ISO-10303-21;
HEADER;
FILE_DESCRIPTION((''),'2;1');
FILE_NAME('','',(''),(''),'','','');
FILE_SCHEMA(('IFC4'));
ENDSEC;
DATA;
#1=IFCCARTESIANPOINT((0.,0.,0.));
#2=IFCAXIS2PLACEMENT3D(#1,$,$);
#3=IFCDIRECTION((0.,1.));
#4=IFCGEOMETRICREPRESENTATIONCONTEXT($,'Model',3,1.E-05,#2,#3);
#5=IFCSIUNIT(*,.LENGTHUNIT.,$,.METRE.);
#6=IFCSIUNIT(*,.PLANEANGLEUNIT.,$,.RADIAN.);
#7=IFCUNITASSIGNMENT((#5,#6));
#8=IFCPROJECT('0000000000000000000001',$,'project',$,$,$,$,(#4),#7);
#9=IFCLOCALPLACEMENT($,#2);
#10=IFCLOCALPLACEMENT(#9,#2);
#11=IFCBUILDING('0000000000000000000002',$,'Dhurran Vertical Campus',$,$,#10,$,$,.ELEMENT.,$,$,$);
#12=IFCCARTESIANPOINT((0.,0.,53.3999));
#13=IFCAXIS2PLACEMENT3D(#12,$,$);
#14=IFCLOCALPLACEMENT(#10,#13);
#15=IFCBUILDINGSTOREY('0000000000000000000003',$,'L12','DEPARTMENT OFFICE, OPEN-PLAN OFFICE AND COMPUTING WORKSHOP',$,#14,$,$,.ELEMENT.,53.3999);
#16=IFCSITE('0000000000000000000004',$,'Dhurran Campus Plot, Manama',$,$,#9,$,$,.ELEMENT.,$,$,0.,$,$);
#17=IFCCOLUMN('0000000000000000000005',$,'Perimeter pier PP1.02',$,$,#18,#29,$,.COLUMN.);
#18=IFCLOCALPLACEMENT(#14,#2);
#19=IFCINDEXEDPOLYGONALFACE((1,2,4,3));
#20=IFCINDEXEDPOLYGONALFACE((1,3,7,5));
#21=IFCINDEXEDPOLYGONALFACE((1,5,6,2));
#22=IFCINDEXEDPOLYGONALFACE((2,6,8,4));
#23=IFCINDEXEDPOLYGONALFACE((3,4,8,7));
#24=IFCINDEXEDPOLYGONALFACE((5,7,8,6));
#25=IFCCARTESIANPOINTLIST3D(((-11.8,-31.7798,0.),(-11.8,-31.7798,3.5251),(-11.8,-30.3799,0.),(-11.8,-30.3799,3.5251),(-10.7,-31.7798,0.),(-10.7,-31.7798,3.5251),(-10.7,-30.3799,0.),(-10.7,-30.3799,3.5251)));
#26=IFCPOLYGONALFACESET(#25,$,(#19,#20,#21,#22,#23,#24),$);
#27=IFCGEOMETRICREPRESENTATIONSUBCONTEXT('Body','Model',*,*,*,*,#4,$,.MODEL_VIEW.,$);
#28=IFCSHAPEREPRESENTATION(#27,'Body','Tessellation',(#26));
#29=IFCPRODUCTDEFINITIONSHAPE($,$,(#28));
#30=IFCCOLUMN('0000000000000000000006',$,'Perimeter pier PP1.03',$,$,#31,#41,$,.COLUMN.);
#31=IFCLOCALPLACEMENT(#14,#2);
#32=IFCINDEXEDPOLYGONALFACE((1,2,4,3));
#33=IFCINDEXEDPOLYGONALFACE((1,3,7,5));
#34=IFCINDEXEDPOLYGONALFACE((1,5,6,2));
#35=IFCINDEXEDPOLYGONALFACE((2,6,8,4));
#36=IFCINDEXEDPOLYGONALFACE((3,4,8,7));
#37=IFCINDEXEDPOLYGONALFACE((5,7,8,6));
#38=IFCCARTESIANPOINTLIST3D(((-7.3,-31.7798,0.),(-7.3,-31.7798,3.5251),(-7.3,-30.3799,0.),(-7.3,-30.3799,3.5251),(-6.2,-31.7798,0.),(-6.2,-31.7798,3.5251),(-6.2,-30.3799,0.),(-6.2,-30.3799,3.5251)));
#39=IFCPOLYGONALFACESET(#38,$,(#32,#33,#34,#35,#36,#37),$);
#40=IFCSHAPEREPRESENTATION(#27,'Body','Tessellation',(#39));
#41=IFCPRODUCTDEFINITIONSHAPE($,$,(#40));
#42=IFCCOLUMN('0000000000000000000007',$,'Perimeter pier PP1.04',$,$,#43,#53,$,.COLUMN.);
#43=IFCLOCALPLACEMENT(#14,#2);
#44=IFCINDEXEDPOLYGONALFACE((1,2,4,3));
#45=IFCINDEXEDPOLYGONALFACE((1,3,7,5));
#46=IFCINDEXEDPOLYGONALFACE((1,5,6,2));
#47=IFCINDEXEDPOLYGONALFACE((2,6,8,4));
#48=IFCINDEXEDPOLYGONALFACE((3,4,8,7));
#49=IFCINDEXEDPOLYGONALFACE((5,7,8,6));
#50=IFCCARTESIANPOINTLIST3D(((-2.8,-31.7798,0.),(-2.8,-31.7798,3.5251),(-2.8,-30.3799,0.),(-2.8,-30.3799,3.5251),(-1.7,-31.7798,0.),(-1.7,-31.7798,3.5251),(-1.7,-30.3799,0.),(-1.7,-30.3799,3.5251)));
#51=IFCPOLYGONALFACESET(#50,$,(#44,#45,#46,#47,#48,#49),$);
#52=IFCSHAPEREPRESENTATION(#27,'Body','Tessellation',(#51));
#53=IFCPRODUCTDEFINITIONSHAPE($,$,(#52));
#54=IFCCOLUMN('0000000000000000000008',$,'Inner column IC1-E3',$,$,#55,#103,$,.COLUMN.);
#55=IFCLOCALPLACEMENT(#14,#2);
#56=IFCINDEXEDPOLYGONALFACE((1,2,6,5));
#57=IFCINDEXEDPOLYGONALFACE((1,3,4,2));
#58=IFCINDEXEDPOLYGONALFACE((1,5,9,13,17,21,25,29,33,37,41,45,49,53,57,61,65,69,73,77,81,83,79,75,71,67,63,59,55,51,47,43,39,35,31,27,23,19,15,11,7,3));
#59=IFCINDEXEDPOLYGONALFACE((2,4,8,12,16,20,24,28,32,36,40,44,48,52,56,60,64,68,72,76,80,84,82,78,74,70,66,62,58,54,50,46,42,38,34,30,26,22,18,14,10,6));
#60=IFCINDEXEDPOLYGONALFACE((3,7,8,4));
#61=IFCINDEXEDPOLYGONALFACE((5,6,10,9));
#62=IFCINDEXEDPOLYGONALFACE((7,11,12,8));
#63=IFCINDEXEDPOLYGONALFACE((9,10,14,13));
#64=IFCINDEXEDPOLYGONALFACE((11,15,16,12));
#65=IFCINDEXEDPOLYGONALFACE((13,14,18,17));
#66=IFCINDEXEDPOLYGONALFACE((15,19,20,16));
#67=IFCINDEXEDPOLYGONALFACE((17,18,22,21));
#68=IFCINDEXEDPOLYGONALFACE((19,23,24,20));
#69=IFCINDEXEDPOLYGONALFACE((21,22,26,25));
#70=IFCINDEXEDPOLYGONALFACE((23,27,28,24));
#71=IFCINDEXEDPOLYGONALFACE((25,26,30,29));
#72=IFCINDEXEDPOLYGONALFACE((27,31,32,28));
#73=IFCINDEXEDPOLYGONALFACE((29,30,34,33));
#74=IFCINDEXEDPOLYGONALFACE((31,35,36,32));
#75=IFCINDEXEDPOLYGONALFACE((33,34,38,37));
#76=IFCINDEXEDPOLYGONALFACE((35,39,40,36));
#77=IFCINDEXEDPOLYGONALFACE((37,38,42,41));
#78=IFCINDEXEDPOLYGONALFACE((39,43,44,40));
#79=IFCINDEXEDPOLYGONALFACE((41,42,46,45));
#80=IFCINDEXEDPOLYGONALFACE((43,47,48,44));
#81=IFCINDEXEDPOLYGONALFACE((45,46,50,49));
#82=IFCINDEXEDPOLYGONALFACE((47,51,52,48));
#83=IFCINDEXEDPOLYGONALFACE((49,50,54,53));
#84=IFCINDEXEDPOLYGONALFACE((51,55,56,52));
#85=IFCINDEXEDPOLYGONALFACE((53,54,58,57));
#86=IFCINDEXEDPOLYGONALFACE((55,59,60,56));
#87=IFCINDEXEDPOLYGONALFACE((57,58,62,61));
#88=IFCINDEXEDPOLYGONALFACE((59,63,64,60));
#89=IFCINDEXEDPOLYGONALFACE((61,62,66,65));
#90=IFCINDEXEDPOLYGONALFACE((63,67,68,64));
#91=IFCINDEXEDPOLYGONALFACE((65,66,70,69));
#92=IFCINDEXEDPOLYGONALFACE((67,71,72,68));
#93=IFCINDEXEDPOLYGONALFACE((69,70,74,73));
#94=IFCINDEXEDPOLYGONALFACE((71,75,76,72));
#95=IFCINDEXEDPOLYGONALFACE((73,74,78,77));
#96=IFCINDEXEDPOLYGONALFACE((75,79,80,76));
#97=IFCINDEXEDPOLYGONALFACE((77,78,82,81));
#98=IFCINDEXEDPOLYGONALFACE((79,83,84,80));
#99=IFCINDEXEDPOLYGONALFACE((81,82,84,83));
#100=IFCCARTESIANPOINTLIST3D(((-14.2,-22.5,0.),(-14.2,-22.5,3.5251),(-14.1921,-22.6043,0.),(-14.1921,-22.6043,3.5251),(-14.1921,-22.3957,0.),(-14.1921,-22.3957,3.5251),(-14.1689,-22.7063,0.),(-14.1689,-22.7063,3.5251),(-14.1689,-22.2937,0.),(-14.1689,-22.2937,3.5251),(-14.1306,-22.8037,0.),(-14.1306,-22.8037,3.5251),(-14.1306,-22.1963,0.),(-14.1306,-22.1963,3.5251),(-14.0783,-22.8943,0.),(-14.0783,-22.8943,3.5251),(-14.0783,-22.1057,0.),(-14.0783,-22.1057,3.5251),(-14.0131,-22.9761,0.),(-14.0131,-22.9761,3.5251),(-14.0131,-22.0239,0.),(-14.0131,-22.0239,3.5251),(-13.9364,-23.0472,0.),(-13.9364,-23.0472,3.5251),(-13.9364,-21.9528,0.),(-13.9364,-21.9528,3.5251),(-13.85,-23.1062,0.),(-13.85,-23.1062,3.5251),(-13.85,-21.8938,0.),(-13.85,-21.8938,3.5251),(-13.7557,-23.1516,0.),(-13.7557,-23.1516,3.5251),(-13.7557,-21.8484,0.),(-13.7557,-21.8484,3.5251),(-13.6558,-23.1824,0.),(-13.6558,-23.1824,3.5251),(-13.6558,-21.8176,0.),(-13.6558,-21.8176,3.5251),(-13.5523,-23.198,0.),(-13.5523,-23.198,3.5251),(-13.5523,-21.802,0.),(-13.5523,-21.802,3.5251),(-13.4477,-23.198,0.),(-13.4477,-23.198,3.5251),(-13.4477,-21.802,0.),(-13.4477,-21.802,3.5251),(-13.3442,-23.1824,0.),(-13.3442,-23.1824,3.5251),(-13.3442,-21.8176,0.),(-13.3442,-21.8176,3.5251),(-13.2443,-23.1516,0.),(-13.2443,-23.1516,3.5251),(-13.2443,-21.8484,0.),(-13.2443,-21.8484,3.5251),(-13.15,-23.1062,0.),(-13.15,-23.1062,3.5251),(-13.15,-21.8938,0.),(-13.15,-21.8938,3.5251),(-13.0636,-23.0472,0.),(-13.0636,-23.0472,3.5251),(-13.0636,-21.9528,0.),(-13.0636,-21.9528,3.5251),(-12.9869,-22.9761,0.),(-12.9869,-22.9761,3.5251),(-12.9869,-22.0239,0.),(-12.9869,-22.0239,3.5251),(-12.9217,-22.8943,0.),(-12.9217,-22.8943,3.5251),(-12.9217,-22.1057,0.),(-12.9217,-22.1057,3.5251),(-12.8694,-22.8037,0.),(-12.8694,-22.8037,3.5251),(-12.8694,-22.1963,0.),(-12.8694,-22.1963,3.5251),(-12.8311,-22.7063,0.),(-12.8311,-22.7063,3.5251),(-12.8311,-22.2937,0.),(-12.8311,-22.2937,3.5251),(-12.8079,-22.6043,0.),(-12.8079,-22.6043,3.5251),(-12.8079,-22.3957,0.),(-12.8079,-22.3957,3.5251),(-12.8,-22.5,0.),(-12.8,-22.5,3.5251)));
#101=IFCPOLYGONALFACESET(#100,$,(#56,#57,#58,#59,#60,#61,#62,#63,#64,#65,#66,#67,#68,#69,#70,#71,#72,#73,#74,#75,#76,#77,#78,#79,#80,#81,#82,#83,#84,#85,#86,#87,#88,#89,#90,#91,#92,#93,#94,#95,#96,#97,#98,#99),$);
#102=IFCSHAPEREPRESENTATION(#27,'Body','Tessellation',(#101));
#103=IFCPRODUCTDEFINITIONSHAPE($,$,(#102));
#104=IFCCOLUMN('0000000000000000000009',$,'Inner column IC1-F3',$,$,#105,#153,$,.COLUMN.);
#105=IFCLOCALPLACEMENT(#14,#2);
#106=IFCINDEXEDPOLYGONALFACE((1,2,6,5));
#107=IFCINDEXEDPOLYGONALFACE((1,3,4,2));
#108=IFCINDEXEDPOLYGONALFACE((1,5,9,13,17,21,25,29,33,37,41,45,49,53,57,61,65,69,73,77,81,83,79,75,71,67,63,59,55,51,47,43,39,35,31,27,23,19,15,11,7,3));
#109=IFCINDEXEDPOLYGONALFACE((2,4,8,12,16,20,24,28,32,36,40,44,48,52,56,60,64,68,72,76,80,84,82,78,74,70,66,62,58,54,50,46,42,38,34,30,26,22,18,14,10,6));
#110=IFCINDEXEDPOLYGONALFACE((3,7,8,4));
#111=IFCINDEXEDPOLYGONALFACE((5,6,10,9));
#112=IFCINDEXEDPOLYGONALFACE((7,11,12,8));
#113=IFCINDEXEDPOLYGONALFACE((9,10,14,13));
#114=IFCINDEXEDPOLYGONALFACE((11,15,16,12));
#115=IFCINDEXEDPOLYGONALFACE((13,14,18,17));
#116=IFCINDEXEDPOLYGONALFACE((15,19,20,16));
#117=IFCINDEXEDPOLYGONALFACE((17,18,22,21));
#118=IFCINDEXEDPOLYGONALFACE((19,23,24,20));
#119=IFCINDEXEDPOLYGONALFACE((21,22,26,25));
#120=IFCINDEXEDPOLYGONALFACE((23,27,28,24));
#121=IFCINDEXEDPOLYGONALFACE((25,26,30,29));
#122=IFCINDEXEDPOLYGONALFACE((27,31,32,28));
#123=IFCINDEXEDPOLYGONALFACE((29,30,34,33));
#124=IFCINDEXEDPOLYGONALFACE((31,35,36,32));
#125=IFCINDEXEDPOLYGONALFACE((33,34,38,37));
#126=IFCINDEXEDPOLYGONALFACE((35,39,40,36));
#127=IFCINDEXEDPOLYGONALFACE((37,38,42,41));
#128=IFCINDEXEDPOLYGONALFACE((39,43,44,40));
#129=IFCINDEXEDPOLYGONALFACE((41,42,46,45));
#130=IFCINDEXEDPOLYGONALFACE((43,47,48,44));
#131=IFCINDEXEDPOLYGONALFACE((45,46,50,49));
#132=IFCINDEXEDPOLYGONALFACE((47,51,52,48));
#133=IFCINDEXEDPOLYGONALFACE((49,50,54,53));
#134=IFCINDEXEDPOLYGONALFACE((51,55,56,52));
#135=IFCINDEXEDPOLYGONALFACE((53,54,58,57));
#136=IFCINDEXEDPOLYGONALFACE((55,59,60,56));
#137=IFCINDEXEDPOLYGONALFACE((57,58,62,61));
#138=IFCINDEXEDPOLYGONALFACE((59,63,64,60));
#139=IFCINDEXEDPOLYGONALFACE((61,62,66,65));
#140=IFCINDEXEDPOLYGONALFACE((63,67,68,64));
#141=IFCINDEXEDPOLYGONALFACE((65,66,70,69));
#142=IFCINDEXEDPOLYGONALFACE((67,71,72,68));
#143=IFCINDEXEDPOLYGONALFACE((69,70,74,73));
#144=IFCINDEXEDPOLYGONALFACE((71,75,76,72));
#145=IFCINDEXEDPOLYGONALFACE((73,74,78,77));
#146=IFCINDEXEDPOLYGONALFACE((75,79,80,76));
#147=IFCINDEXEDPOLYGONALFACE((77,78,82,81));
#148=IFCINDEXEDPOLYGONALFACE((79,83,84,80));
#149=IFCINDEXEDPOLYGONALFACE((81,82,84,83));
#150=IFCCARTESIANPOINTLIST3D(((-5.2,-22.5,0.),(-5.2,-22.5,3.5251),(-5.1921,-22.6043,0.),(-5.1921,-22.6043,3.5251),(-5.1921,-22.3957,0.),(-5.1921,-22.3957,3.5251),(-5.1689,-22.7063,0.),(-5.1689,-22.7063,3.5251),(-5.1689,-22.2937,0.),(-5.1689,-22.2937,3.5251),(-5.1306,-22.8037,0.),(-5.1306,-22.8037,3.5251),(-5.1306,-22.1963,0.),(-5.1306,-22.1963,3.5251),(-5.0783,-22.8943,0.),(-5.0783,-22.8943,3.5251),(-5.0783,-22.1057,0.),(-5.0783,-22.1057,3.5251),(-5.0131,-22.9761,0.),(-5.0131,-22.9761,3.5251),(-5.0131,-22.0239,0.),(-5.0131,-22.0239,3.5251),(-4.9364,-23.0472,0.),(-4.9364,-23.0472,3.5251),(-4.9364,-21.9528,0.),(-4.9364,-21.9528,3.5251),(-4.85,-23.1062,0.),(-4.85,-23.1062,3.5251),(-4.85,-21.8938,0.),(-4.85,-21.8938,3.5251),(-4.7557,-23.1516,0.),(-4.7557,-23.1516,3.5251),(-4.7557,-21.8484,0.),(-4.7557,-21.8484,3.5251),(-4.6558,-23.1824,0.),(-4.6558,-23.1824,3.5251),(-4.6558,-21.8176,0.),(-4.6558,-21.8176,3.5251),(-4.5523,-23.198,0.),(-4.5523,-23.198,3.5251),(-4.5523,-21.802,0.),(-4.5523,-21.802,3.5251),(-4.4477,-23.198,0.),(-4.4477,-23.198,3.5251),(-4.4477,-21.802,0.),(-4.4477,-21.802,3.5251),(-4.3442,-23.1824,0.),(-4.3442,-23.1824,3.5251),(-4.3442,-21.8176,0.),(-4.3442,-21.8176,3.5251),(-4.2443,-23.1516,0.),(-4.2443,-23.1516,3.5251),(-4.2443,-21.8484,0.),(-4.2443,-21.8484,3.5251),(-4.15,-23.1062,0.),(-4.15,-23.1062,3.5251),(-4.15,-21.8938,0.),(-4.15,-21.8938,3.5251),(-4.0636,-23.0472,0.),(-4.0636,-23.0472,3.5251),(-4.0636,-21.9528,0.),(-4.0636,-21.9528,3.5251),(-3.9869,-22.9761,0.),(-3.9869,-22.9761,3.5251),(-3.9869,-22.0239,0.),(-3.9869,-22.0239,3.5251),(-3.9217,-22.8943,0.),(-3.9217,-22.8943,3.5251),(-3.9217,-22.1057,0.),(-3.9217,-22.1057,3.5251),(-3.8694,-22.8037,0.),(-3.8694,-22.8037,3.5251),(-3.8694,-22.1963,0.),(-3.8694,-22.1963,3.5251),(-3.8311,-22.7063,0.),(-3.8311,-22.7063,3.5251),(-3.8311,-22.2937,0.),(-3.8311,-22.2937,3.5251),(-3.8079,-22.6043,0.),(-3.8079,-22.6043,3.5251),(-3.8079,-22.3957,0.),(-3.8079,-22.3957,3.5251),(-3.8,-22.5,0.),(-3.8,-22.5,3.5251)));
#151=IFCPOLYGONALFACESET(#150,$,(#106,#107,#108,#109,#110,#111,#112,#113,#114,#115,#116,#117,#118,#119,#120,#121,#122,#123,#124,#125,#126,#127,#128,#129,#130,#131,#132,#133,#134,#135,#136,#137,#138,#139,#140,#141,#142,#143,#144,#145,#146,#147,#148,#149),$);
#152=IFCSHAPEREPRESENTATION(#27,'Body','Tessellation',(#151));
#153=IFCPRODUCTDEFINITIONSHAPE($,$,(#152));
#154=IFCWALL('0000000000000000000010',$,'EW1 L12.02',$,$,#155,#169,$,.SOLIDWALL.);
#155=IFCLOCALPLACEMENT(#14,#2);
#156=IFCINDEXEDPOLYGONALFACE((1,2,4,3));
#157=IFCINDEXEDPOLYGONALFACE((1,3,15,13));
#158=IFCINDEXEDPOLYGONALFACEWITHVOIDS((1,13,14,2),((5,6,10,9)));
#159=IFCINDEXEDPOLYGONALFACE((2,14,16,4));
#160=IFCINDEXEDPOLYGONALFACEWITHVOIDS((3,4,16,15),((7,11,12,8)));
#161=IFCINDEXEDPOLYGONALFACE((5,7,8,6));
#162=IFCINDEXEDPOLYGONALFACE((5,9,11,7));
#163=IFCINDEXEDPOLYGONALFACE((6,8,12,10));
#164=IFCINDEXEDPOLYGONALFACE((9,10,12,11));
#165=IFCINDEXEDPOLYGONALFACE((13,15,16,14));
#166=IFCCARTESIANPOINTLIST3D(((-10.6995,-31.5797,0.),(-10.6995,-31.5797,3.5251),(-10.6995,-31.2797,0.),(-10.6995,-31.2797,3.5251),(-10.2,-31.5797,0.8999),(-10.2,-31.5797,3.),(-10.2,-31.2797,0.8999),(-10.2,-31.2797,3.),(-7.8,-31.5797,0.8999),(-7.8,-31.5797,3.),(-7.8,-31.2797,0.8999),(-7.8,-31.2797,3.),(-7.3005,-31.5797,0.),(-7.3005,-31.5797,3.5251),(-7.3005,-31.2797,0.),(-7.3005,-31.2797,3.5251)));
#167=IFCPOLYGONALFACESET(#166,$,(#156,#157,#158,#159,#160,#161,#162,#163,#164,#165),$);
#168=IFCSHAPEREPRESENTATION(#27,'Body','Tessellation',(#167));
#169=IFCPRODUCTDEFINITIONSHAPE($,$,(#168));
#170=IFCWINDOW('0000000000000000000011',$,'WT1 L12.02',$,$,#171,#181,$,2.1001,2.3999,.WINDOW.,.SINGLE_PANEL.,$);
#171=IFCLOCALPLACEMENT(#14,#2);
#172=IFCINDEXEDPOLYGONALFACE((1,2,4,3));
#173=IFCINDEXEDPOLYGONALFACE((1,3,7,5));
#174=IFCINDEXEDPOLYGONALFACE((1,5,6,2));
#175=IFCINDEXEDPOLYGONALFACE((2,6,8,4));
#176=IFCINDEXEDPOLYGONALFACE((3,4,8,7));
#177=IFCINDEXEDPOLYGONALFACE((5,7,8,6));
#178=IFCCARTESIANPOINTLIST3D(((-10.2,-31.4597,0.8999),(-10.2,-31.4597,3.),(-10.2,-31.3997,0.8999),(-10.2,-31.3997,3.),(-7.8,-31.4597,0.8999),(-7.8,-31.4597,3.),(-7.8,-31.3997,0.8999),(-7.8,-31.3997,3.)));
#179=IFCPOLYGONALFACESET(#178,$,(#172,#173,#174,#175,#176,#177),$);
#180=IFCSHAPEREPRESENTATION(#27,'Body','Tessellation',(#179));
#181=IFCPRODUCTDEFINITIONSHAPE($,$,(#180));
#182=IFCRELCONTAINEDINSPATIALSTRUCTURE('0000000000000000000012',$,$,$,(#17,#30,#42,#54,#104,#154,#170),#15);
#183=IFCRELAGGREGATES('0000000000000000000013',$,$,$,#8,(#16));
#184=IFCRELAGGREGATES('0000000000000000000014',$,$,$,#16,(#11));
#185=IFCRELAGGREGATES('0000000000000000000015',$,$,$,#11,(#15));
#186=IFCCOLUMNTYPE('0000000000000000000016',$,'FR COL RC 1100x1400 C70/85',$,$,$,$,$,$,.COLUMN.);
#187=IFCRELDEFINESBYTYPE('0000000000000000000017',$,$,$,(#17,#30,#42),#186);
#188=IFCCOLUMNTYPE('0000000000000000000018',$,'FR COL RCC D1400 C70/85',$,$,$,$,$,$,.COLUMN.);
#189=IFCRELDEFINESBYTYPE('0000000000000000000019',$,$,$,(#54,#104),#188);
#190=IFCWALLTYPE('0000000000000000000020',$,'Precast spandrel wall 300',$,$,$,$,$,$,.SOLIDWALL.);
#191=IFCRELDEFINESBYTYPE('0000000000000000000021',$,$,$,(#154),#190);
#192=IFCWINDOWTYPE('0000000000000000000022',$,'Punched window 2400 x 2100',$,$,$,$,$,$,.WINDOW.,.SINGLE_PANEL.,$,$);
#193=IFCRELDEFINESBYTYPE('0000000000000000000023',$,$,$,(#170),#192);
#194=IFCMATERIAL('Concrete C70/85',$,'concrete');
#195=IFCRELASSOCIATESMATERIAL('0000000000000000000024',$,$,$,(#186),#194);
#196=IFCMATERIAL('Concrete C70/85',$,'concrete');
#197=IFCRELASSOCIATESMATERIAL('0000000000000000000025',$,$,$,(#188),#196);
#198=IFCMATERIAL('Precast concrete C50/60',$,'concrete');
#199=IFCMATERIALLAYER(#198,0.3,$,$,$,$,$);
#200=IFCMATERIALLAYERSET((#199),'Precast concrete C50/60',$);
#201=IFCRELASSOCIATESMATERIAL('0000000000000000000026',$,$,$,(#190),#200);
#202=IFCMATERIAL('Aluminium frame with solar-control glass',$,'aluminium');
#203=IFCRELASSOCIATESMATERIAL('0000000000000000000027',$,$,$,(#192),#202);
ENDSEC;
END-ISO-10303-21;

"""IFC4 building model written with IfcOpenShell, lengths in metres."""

from ifc_helpers import new_model, si_unit, direction, frame, frame_2d, origin, origin_2d, place, context, subcontext, project, spatial, rectangle, circle, extrude, material, layer, layer_set, material_profile, profile_set, type_object, element, fill, save


model = new_model("IFC4")

# Units and contexts
model_context = context("Model", 3, precision=1e-05, world=origin(), true_north=direction((0.0, 1.0)))
body_context = subcontext(model_context, "Body", "Model", "MODEL_VIEW")
ifc_project = project(units=[si_unit("LENGTHUNIT", "METRE"), si_unit("PLANEANGLEUNIT", "RADIAN")], contexts=[model_context])

# Site, building, storey
site_placement = place(None, origin())
site = spatial("IfcSite", under=ifc_project, at=site_placement, Name="Dhurran Campus Plot, Manama", CompositionType="ELEMENT", RefElevation=0.0)
building_placement = place(site_placement, origin())
building = spatial("IfcBuilding", under=site, at=building_placement, Name="Dhurran Vertical Campus", CompositionType="ELEMENT")
storey_placement = place(building_placement, frame((0.0, 0.0, 53.3999)))
storey = spatial("IfcBuildingStorey", under=building, at=storey_placement, Name="L12", Description="DEPARTMENT OFFICE, OPEN-PLAN OFFICE AND COMPUTING WORKSHOP", CompositionType="ELEMENT", Elevation=53.3999)

# Columns
ifc_material_1 = material(Name="Concrete C70/85", Category="concrete")
ifc_material_profile_1 = material_profile(ifc_material_1, rectangle(XDim=1.1001, YDim=1.3999, at=origin_2d()), Name="RC 1100x1400")
ifc_profile_set_1 = profile_set([ifc_material_profile_1], Name="Concrete C70/85")
column_type_1 = type_object("IfcColumnType", Name="FR COL RC 1100x1400 C70/85", PredefinedType="COLUMN", material=ifc_profile_set_1)
for number, where, z_axis, x_axis, name in (
    (1, (-11.25, -31.0798, 0.0), (0.0, 0.0, 1.0), (1.0, 0.0, 0.0), "Perimeter pier PP1.02"),
    (2, (-6.75, -31.0798, 0.0), (0.0, 0.0, 1.0), (1.0, 0.0, 0.0), "Perimeter pier PP1.03"),
    (3, (-2.25, -31.0798, 0.0), (0.0, 0.0, 1.0), (1.0, 0.0, 0.0), "Perimeter pier PP1.04"),
):
    element("IfcColumn", number, at=place(storey_placement, frame(where, z_axis=z_axis, x_axis=x_axis)), inside=storey, type_object=column_type_1, Name=name, PredefinedType="COLUMN", context=body_context, shape_type="SweptSolid", body=[
        extrude(rectangle(XDim=1.1001, YDim=1.3999, at=origin_2d()), origin(), (0.0, 0.0, 1.0), 3.5251),
    ])
ifc_material_2 = material(Name="Concrete C70/85", Category="concrete")
ifc_material_profile_2 = material_profile(ifc_material_2, circle(Radius=0.7, at=origin_2d()), Name="RCC D1400")
ifc_profile_set_2 = profile_set([ifc_material_profile_2], Name="Concrete C70/85")
column_type_2 = type_object("IfcColumnType", Name="FR COL RCC D1400 C70/85", PredefinedType="COLUMN", material=ifc_profile_set_2)
for number, where, z_axis, x_axis, name in (
    (4, (-13.5, -22.5, 0.0), (0.0, 0.0, 1.0), (1.0, 0.0, 0.0), "Inner column IC1-E3"),
    (5, (-4.5, -22.5, 0.0), (0.0, 0.0, 1.0), (1.0, 0.0, 0.0), "Inner column IC1-F3"),
):
    element("IfcColumn", number, at=place(storey_placement, frame(where, z_axis=z_axis, x_axis=x_axis)), inside=storey, type_object=column_type_2, Name=name, PredefinedType="COLUMN", context=body_context, shape_type="SweptSolid", body=[
        extrude(circle(Radius=0.7, at=origin_2d()), origin(), (0.0, 0.0, 1.0), 3.5251),
    ])

# Wall, opening, window
ifc_material_3 = material(Name="Precast concrete C50/60", Category="concrete")
ifc_layer_1 = layer(ifc_material_3, 0.3)
ifc_layer_set_1 = layer_set([ifc_layer_1], Name="Precast concrete C50/60")
wall_type_1 = type_object("IfcWallType", Name="Precast spandrel wall 300", PredefinedType="SOLIDWALL", material=ifc_layer_set_1)
wall_1_placement = place(storey_placement, frame((-10.6995, -31.4297, 0.0), z_axis=(0.0, 0.0, 1.0), x_axis=(1.0, 0.0, 0.0)))
wall_1 = element("IfcWall", 6, at=wall_1_placement, inside=storey, type_object=wall_type_1, Name="EW1 L12.02", PredefinedType="SOLIDWALL", context=body_context, shape_type="SweptSolid", body=[
    extrude(rectangle(XDim=3.3989, YDim=0.3, at=frame_2d((1.6995, 0.0))), origin(), (0.0, 0.0, 1.0), 3.5251),
])
opening_1_placement = place(wall_1_placement, frame((0.4995, 0.0, 0.8999)))
opening_1 = element("IfcOpeningElement", 7, at=opening_1_placement, cuts=wall_1, PredefinedType="OPENING", context=body_context, shape_type="SweptSolid", body=[
    extrude(rectangle(XDim=2.3999, YDim=2.1001, at=frame_2d((1.2, 1.05))), frame((0.0, 0.1599, 0.0), z_axis=(0.0, -1.0, 0.0), x_axis=(1.0, 0.0, 0.0)), (0.0, 0.0, 1.0), 0.3201),
])
ifc_material_4 = material(Name="Aluminium frame with solar-control glass", Category="aluminium")
window_type = type_object("IfcWindowType", Name="Punched window 2400 x 2100", PartitioningType="SINGLE_PANEL", PredefinedType="WINDOW", material=ifc_material_4)
window_1_placement = place(opening_1_placement, origin())
window_1 = element("IfcWindow", 8, at=window_1_placement, inside=storey, type_object=window_type, Name="WT1 L12.02", OverallHeight=2.1001, OverallWidth=2.3999, PartitioningType="SINGLE_PANEL", PredefinedType="WINDOW", context=body_context, shape_type="SweptSolid", body=[
    extrude(rectangle(XDim=2.3999, YDim=2.1001, at=frame_2d((1.2, 1.05))), frame((0.0, 0.03, 0.0), z_axis=(0.0, -1.0, 0.0), x_axis=(1.0, 0.0, 0.0)), (0.0, 0.0, 1.0), 0.0601),
])
fill(opening_1, window_1)

save(model, "model.ifc")
